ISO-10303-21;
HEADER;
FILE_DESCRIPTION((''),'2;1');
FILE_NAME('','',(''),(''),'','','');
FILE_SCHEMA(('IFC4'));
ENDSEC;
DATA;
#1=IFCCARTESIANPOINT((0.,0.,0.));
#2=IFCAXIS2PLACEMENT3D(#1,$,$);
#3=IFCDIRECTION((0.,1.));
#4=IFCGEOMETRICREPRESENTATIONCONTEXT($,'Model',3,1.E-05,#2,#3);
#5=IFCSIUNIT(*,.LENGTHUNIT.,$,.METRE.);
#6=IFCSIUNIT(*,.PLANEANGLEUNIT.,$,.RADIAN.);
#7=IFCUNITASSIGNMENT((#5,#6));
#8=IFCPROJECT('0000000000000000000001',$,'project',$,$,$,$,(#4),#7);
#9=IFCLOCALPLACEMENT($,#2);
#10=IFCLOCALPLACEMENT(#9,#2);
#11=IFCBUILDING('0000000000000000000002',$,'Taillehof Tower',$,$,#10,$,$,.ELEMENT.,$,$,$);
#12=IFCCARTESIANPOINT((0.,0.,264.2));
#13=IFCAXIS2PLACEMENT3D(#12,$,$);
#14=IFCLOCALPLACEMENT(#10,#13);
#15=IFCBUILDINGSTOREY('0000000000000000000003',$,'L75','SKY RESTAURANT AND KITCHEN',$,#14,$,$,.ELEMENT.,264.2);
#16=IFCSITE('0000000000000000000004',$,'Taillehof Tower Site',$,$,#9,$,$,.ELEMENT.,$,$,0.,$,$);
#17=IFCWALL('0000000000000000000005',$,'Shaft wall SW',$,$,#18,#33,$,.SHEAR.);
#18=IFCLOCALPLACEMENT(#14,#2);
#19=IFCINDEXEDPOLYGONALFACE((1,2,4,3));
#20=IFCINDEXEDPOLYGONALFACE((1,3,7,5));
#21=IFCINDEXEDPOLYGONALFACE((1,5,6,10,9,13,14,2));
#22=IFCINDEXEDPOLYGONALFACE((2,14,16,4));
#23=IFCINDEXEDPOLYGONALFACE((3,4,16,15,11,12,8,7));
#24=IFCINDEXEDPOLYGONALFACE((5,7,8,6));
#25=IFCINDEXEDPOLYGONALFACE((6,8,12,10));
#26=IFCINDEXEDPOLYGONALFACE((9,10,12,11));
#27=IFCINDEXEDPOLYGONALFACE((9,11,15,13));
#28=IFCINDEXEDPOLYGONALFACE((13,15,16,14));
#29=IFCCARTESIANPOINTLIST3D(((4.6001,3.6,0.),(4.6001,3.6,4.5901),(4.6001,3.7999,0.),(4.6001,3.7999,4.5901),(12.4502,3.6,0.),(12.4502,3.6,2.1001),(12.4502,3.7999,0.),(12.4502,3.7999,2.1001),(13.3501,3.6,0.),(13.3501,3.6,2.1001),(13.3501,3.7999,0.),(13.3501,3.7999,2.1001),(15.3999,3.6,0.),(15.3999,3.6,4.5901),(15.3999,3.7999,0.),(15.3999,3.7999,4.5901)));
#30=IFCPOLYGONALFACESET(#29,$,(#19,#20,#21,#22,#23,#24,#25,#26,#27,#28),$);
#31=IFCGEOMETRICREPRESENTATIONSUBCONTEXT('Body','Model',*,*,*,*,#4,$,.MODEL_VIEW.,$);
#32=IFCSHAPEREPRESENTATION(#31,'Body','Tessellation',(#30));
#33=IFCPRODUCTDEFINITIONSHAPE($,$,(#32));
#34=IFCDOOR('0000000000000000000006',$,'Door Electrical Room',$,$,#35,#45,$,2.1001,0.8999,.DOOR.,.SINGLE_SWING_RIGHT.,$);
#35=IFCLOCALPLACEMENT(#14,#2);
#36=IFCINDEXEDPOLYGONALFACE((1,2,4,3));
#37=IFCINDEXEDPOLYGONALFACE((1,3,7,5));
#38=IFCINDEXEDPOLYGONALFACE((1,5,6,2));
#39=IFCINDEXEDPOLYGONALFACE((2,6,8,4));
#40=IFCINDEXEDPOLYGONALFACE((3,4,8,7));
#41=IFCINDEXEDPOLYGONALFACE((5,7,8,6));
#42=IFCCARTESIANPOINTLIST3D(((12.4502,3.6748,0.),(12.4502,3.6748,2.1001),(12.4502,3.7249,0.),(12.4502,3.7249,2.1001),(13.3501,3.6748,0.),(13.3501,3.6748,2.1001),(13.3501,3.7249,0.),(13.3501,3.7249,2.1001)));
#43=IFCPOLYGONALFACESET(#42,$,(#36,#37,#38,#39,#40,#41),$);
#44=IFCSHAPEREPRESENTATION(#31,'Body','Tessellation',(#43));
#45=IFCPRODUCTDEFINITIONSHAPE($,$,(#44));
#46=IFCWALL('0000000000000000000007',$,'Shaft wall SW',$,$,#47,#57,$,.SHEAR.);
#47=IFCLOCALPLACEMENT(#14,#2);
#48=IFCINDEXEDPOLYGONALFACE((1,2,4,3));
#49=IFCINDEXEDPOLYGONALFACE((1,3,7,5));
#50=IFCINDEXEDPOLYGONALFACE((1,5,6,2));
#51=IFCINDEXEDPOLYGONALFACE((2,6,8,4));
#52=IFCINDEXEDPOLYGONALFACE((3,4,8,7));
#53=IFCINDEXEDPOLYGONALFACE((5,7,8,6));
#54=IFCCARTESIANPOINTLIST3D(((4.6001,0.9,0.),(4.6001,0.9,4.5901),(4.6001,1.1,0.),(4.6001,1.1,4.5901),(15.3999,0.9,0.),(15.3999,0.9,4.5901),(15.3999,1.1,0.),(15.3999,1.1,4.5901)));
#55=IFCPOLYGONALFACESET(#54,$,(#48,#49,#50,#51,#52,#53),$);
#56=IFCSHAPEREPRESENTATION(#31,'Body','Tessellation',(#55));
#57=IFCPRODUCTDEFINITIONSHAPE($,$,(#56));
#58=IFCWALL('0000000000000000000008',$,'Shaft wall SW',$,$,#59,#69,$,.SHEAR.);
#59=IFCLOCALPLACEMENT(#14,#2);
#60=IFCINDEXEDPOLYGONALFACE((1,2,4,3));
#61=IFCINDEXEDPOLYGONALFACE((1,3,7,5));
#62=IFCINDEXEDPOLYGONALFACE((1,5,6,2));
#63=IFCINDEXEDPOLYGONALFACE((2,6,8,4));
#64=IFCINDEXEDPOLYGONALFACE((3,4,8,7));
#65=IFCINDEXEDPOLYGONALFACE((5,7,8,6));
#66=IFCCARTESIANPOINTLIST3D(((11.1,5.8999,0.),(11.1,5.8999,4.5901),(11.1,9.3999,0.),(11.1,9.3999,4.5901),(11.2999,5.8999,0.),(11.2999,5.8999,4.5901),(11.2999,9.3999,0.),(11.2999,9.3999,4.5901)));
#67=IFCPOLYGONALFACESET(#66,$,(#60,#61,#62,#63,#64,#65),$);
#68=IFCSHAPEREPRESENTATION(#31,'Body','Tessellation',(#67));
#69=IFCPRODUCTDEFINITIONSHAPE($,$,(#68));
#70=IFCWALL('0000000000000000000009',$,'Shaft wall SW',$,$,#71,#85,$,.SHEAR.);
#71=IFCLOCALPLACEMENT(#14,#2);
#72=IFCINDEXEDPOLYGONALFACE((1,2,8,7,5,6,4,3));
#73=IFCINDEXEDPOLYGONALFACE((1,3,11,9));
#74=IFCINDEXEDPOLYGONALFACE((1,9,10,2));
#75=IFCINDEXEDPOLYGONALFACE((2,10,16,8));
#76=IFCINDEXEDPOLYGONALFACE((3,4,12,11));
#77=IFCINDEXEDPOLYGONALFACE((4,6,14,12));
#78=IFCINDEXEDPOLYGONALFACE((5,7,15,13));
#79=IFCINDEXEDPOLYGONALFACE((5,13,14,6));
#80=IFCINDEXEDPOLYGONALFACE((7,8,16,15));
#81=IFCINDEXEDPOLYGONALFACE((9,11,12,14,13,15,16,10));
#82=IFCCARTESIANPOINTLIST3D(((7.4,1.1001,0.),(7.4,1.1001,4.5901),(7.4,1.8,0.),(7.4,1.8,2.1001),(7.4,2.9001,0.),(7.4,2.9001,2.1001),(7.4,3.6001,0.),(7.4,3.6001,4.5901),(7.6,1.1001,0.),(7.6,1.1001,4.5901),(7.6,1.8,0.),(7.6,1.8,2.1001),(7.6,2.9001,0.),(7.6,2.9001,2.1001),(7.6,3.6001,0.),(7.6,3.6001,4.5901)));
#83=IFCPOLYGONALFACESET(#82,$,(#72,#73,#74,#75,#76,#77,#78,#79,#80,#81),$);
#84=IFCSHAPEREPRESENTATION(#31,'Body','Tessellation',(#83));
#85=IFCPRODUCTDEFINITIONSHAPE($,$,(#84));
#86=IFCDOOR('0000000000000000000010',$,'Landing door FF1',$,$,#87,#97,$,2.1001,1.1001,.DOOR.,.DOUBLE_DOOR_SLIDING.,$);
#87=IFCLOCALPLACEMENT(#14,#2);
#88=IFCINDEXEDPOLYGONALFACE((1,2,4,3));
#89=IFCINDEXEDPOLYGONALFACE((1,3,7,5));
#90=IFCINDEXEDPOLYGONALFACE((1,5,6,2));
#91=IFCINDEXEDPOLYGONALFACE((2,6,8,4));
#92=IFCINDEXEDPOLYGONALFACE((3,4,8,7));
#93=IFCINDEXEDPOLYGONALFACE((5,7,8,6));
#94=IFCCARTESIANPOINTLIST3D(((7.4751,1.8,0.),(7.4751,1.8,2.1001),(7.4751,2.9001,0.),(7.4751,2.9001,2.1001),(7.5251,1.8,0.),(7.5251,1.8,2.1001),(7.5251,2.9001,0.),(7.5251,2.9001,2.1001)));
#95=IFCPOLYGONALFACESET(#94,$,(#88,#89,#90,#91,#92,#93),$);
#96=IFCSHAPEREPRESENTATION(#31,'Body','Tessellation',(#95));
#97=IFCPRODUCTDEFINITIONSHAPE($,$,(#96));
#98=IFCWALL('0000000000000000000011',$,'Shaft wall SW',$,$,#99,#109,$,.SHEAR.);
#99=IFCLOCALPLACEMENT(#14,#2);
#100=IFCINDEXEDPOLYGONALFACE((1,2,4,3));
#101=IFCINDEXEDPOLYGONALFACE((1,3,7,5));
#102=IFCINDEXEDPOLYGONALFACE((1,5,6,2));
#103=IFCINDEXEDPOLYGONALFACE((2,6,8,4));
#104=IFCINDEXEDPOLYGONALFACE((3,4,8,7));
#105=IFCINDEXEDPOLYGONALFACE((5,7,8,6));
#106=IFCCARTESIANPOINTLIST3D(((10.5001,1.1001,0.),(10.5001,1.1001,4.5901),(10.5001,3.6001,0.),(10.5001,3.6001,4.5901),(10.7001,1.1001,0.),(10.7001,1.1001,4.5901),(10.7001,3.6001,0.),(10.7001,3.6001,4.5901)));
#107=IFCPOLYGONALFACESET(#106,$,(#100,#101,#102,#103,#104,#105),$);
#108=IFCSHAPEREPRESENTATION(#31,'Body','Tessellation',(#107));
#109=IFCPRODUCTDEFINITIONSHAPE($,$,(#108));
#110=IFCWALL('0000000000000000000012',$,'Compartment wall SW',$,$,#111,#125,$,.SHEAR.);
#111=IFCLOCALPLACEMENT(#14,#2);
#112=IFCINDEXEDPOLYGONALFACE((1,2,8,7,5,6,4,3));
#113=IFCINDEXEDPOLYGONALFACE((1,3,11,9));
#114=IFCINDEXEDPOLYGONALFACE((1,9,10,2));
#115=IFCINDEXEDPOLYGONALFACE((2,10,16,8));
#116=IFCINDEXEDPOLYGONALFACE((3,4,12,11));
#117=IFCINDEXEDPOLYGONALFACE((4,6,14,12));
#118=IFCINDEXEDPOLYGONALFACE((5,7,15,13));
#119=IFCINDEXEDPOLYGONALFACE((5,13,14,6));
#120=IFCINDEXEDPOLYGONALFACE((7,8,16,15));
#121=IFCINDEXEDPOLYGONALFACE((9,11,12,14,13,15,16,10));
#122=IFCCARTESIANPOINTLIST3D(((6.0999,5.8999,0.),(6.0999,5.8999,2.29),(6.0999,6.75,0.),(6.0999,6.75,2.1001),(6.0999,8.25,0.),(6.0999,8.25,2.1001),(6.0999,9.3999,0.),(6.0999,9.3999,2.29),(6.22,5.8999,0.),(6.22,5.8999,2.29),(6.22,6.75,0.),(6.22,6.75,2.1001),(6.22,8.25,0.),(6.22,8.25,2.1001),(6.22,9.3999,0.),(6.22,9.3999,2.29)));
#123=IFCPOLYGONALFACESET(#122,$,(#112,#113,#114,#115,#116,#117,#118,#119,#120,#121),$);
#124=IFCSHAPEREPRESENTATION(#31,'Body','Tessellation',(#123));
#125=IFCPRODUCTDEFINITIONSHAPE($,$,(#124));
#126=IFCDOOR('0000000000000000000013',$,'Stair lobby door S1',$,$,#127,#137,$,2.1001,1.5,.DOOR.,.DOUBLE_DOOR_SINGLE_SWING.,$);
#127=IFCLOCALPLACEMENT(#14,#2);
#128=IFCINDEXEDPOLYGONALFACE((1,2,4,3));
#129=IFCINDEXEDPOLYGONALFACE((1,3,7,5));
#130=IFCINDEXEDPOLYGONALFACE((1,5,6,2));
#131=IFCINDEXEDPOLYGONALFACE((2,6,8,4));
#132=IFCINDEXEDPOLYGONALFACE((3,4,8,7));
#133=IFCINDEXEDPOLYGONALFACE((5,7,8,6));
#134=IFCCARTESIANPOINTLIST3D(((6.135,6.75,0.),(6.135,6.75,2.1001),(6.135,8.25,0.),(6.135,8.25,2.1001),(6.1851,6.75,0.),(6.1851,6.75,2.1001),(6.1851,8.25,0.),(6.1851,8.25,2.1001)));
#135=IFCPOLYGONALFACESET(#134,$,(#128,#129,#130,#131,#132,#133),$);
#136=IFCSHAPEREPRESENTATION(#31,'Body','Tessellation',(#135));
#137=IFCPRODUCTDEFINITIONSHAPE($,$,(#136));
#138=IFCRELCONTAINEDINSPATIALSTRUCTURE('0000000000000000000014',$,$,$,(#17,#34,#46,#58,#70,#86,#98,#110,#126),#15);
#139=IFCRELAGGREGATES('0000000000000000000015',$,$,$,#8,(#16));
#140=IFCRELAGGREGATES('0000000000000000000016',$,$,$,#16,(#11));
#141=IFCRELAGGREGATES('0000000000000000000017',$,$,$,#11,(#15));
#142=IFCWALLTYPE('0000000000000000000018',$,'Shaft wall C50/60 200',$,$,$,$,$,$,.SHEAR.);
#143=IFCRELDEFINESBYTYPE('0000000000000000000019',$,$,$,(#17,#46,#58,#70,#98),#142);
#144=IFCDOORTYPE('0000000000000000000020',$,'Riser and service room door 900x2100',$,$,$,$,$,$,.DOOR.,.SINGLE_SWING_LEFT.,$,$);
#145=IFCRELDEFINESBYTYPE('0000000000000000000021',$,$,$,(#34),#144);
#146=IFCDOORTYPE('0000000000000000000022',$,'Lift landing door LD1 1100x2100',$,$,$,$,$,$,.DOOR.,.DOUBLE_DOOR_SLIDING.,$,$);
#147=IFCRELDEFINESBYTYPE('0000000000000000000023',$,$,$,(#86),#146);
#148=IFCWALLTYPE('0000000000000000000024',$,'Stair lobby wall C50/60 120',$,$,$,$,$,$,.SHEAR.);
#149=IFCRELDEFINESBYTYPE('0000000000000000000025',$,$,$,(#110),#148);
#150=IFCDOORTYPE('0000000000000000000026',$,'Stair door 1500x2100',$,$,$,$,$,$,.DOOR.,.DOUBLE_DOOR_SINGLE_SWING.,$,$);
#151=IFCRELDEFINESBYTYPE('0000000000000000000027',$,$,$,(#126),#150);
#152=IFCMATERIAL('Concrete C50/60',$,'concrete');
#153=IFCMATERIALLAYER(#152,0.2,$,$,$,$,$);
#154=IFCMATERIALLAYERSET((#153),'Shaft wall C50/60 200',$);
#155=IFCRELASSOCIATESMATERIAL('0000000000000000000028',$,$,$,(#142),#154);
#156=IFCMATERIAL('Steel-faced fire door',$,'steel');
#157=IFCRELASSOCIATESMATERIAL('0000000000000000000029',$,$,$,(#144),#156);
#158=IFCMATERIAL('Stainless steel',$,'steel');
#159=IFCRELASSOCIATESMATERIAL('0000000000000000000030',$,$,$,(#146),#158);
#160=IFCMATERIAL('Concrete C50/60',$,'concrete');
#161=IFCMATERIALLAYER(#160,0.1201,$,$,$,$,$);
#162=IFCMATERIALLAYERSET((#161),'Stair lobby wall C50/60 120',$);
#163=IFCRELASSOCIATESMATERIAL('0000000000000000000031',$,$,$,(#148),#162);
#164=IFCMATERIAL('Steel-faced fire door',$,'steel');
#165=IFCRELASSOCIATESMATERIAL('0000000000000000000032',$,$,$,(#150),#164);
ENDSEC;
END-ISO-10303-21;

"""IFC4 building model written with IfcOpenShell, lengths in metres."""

from ifc_helpers import new_model, si_unit, direction, frame, frame_2d, origin, place, context, subcontext, project, spatial, rectangle, extrude, material, layer, layer_set, type_object, element, fill, save


model = new_model("IFC4")

# Units and contexts
model_context = context("Model", 3, precision=1e-05, world=origin(), true_north=direction((0.0, 1.0)))
body_context = subcontext(model_context, "Body", "Model", "MODEL_VIEW")
ifc_project = project(units=[si_unit("LENGTHUNIT", "METRE"), si_unit("PLANEANGLEUNIT", "RADIAN")], contexts=[model_context])

# Site, building, storey
site_placement = place(None, origin())
site = spatial("IfcSite", under=ifc_project, at=site_placement, Name="Taillehof Tower Site", CompositionType="ELEMENT", RefElevation=0.0)
building_placement = place(site_placement, origin())
building = spatial("IfcBuilding", under=site, at=building_placement, Name="Taillehof Tower", CompositionType="ELEMENT")
storey_placement = place(building_placement, frame((0.0, 0.0, 264.2)))
storey = spatial("IfcBuildingStorey", under=building, at=storey_placement, Name="L75", Description="SKY RESTAURANT AND KITCHEN", CompositionType="ELEMENT", Elevation=264.2)

# Wall, opening, door
ifc_material_1 = material(Name="Concrete C50/60", Category="concrete")
ifc_layer_1 = layer(ifc_material_1, 0.2)
ifc_layer_set_1 = layer_set([ifc_layer_1], Name="Shaft wall C50/60 200")
wall_type_1 = type_object("IfcWallType", Name="Shaft wall C50/60 200", PredefinedType="SHEAR", material=ifc_layer_set_1)
ifc_material_2 = material(Name="Steel-faced fire door", Category="steel")
door_type_1 = type_object("IfcDoorType", Name="Riser and service room door 900x2100", OperationType="SINGLE_SWING_LEFT", PredefinedType="DOOR", material=ifc_material_2)
wall_1_placement = place(storey_placement, frame((4.6001, 3.7, 0.0), z_axis=(0.0, 0.0, 1.0), x_axis=(1.0, 0.0, 0.0)))
wall_1 = element("IfcWall", 1, at=wall_1_placement, inside=storey, type_object=wall_type_1, Name="Shaft wall SW", PredefinedType="SHEAR", context=body_context, shape_type="SweptSolid", body=[
    extrude(rectangle(XDim=10.7998, YDim=0.2, at=frame_2d((5.3999, 0.0))), origin(), (0.0, 0.0, 1.0), 4.5901),
])
opening_1_placement = place(wall_1_placement, frame((7.8501, 0.0, 0.0)))
opening_1 = element("IfcOpeningElement", 2, at=opening_1_placement, cuts=wall_1, PredefinedType="OPENING", context=body_context, shape_type="SweptSolid", body=[
    extrude(rectangle(XDim=0.8999, YDim=2.1001, at=frame_2d((0.45, 1.05))), frame((0.0, 0.1099, 0.0), z_axis=(0.0, -1.0, 0.0), x_axis=(1.0, 0.0, 0.0)), (0.0, 0.0, 1.0), 0.22),
])
door_1_placement = place(opening_1_placement, origin())
door_1 = element("IfcDoor", 3, at=door_1_placement, inside=storey, type_object=door_type_1, Name="Door Electrical Room", OperationType="SINGLE_SWING_RIGHT", OverallHeight=2.1001, OverallWidth=0.8999, PredefinedType="DOOR", context=body_context, shape_type="SweptSolid", body=[
    extrude(rectangle(XDim=0.8999, YDim=2.1001, at=frame_2d((0.45, 1.05))), frame((0.0, 0.0249, 0.0), z_axis=(0.0, -1.0, 0.0), x_axis=(1.0, 0.0, 0.0)), (0.0, 0.0, 1.0), 0.05),
])
fill(opening_1, door_1)

# Walls
wall_2_placement = place(storey_placement, frame((4.6001, 1.0, 0.0), z_axis=(0.0, 0.0, 1.0), x_axis=(1.0, 0.0, 0.0)))
element("IfcWall", 4, at=wall_2_placement, inside=storey, type_object=wall_type_1, Name="Shaft wall SW", PredefinedType="SHEAR", context=body_context, shape_type="SweptSolid", body=[
    extrude(rectangle(XDim=10.7998, YDim=0.2, at=frame_2d((5.3999, 0.0))), origin(), (0.0, 0.0, 1.0), 4.5901),
])
wall_3_placement = place(storey_placement, frame((11.2, 5.8999, 0.0), z_axis=(0.0, 0.0, 1.0), x_axis=(0.0, 1.0, 0.0)))
element("IfcWall", 5, at=wall_3_placement, inside=storey, type_object=wall_type_1, Name="Shaft wall SW", PredefinedType="SHEAR", context=body_context, shape_type="SweptSolid", body=[
    extrude(rectangle(XDim=3.5, YDim=0.2, at=frame_2d((1.75, 0.0))), origin(), (0.0, 0.0, 1.0), 4.5901),
])

# Wall, opening, door
wall_4_placement = place(storey_placement, frame((7.5, 1.1001, 0.0), z_axis=(0.0, 0.0, 1.0), x_axis=(0.0, 1.0, 0.0)))
wall_4 = element("IfcWall", 6, at=wall_4_placement, inside=storey, type_object=wall_type_1, Name="Shaft wall SW", PredefinedType="SHEAR", context=body_context, shape_type="SweptSolid", body=[
    extrude(rectangle(XDim=2.5, YDim=0.2, at=frame_2d((1.25, 0.0))), origin(), (0.0, 0.0, 1.0), 4.5901),
])
opening_2_placement = place(wall_4_placement, frame((0.7, 0.0, 0.0)))
opening_2 = element("IfcOpeningElement", 7, at=opening_2_placement, cuts=wall_4, PredefinedType="OPENING", context=body_context, shape_type="SweptSolid", body=[
    extrude(rectangle(XDim=1.1001, YDim=2.1001, at=frame_2d((0.55, 1.05))), frame((0.0, 0.1099, 0.0), z_axis=(0.0, -1.0, 0.0), x_axis=(1.0, 0.0, 0.0)), (0.0, 0.0, 1.0), 0.22),
])
ifc_material_3 = material(Name="Stainless steel", Category="steel")
door_type_2 = type_object("IfcDoorType", Name="Lift landing door LD1 1100x2100", OperationType="DOUBLE_DOOR_SLIDING", PredefinedType="DOOR", material=ifc_material_3)
door_2_placement = place(opening_2_placement, origin())
door_2 = element("IfcDoor", 8, at=door_2_placement, inside=storey, type_object=door_type_2, Name="Landing door FF1", OperationType="DOUBLE_DOOR_SLIDING", OverallHeight=2.1001, OverallWidth=1.1001, PredefinedType="DOOR", context=body_context, shape_type="SweptSolid", body=[
    extrude(rectangle(XDim=1.1001, YDim=2.1001, at=frame_2d((0.55, 1.05))), frame((0.0, 0.0249, 0.0), z_axis=(0.0, -1.0, 0.0), x_axis=(1.0, 0.0, 0.0)), (0.0, 0.0, 1.0), 0.05),
])
fill(opening_2, door_2)

# Wall
wall_5_placement = place(storey_placement, frame((10.6001, 1.1001, 0.0), z_axis=(0.0, 0.0, 1.0), x_axis=(0.0, 1.0, 0.0)))
element("IfcWall", 9, at=wall_5_placement, inside=storey, type_object=wall_type_1, Name="Shaft wall SW", PredefinedType="SHEAR", context=body_context, shape_type="SweptSolid", body=[
    extrude(rectangle(XDim=2.5, YDim=0.2, at=frame_2d((1.25, 0.0))), origin(), (0.0, 0.0, 1.0), 4.5901),
])

# Wall, opening, door
ifc_material_4 = material(Name="Concrete C50/60", Category="concrete")
ifc_layer_2 = layer(ifc_material_4, 0.1201)
ifc_layer_set_2 = layer_set([ifc_layer_2], Name="Stair lobby wall C50/60 120")
wall_type_2 = type_object("IfcWallType", Name="Stair lobby wall C50/60 120", PredefinedType="SHEAR", material=ifc_layer_set_2)
wall_6_placement = place(storey_placement, frame((6.1599, 5.8999, 0.0), z_axis=(0.0, 0.0, 1.0), x_axis=(0.0, 1.0, 0.0)))
wall_6 = element("IfcWall", 10, at=wall_6_placement, inside=storey, type_object=wall_type_2, Name="Compartment wall SW", PredefinedType="SHEAR", context=body_context, shape_type="SweptSolid", body=[
    extrude(rectangle(XDim=3.5, YDim=0.1201, at=frame_2d((1.75, 0.0))), origin(), (0.0, 0.0, 1.0), 2.29),
])
opening_3_placement = place(wall_6_placement, frame((0.8501, 0.0, 0.0)))
opening_3 = element("IfcOpeningElement", 11, at=opening_3_placement, cuts=wall_6, PredefinedType="OPENING", context=body_context, shape_type="SweptSolid", body=[
    extrude(rectangle(XDim=1.5, YDim=2.1001, at=frame_2d((0.75, 1.05))), frame((0.0, 0.0701, 0.0), z_axis=(0.0, -1.0, 0.0), x_axis=(1.0, 0.0, 0.0)), (0.0, 0.0, 1.0), 0.1401),
])
ifc_material_5 = material(Name="Steel-faced fire door", Category="steel")
door_type_3 = type_object("IfcDoorType", Name="Stair door 1500x2100", OperationType="DOUBLE_DOOR_SINGLE_SWING", PredefinedType="DOOR", material=ifc_material_5)
door_3_placement = place(opening_3_placement, origin())
door_3 = element("IfcDoor", 12, at=door_3_placement, inside=storey, type_object=door_type_3, Name="Stair lobby door S1", OperationType="DOUBLE_DOOR_SINGLE_SWING", OverallHeight=2.1001, OverallWidth=1.5, PredefinedType="DOOR", context=body_context, shape_type="SweptSolid", body=[
    extrude(rectangle(XDim=1.5, YDim=2.1001, at=frame_2d((0.75, 1.05))), frame((0.0, 0.0249, 0.0), z_axis=(0.0, -1.0, 0.0), x_axis=(1.0, 0.0, 0.0)), (0.0, 0.0, 1.0), 0.05),
])
fill(opening_3, door_3)

save(model, "model.ifc")
